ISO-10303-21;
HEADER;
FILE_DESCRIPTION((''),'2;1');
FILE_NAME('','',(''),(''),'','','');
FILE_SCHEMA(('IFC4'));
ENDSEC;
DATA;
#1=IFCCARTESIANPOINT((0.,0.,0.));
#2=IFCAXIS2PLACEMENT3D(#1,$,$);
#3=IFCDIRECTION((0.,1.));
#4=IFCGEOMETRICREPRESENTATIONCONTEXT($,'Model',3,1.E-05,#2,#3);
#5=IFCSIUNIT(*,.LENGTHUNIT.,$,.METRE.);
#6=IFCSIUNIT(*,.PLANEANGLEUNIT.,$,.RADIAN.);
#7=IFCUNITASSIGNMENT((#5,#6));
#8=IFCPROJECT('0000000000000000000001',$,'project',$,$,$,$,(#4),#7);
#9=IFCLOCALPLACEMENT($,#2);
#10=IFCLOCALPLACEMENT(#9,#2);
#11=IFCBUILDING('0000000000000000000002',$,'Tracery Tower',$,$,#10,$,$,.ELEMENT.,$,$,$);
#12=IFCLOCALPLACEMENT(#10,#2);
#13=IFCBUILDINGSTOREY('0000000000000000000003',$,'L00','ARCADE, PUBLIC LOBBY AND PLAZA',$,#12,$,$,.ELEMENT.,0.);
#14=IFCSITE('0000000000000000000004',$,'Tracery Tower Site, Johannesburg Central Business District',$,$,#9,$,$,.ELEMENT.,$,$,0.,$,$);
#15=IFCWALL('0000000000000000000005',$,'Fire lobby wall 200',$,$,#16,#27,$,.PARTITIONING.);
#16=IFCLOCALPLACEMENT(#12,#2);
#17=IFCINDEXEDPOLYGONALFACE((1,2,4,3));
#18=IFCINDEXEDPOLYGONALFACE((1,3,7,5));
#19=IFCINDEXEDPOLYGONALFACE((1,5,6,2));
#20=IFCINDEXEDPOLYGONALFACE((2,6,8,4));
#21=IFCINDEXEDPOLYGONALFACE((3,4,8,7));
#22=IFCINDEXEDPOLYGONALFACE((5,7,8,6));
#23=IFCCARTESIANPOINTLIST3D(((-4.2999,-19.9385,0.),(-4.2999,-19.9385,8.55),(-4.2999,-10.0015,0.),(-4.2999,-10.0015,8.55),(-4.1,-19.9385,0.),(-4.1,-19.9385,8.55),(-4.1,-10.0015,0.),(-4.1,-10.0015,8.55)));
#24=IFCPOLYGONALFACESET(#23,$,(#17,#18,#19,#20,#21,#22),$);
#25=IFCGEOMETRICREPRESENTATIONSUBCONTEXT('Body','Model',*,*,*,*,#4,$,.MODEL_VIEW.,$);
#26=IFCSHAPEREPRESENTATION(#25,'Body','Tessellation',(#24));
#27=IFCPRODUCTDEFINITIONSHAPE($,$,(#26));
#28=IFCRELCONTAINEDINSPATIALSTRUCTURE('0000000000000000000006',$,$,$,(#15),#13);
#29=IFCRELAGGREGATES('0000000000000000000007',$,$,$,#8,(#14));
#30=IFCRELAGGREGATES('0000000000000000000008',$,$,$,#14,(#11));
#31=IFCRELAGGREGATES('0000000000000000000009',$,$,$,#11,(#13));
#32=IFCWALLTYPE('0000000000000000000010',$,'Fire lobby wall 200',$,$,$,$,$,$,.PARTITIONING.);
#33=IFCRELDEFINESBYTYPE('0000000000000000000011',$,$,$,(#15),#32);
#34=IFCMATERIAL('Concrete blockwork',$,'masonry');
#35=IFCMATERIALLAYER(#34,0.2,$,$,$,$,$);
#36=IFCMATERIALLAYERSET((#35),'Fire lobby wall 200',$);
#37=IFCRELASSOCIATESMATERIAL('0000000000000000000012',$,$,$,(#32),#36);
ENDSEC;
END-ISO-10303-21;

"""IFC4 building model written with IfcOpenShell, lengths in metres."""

from ifc_helpers import new_model, si_unit, direction, frame, frame_2d, origin, place, context, subcontext, project, spatial, rectangle, extrude, material, layer, layer_set, type_object, element, save


model = new_model("IFC4")

# Units and contexts
model_context = context("Model", 3, precision=1e-05, world=origin(), true_north=direction((0.0, 1.0)))
body_context = subcontext(model_context, "Body", "Model", "MODEL_VIEW")
ifc_project = project(units=[si_unit("LENGTHUNIT", "METRE"), si_unit("PLANEANGLEUNIT", "RADIAN")], contexts=[model_context])

# Site, building, storey
site_placement = place(None, origin())
site = spatial("IfcSite", under=ifc_project, at=site_placement, Name="Tracery Tower Site, Johannesburg Central Business District", CompositionType="ELEMENT", RefElevation=0.0)
building_placement = place(site_placement, origin())
building = spatial("IfcBuilding", under=site, at=building_placement, Name="Tracery Tower", CompositionType="ELEMENT")
storey_placement = place(building_placement, origin())
storey = spatial("IfcBuildingStorey", under=building, at=storey_placement, Name="L00", Description="ARCADE, PUBLIC LOBBY AND PLAZA", CompositionType="ELEMENT", Elevation=0.0)

# Wall
ifc_material_1 = material(Name="Concrete blockwork", Category="masonry")
ifc_layer_1 = layer(ifc_material_1, 0.2)
ifc_layer_set_1 = layer_set([ifc_layer_1], Name="Fire lobby wall 200")
wall_type_1 = type_object("IfcWallType", Name="Fire lobby wall 200", PredefinedType="PARTITIONING", material=ifc_layer_set_1)
wall_1_placement = place(storey_placement, frame((-4.2, -19.9385, 0.0), z_axis=(0.0, 0.0, 1.0), x_axis=(0.0, 1.0, 0.0)))
element("IfcWall", 1, at=wall_1_placement, inside=storey, type_object=wall_type_1, Name="Fire lobby wall 200", PredefinedType="PARTITIONING", context=body_context, shape_type="SweptSolid", body=[
    extrude(rectangle(XDim=9.937, YDim=0.2, at=frame_2d((4.9685, 0.0))), origin(), (0.0, 0.0, 1.0), 8.55),
])

save(model, "model.ifc")
